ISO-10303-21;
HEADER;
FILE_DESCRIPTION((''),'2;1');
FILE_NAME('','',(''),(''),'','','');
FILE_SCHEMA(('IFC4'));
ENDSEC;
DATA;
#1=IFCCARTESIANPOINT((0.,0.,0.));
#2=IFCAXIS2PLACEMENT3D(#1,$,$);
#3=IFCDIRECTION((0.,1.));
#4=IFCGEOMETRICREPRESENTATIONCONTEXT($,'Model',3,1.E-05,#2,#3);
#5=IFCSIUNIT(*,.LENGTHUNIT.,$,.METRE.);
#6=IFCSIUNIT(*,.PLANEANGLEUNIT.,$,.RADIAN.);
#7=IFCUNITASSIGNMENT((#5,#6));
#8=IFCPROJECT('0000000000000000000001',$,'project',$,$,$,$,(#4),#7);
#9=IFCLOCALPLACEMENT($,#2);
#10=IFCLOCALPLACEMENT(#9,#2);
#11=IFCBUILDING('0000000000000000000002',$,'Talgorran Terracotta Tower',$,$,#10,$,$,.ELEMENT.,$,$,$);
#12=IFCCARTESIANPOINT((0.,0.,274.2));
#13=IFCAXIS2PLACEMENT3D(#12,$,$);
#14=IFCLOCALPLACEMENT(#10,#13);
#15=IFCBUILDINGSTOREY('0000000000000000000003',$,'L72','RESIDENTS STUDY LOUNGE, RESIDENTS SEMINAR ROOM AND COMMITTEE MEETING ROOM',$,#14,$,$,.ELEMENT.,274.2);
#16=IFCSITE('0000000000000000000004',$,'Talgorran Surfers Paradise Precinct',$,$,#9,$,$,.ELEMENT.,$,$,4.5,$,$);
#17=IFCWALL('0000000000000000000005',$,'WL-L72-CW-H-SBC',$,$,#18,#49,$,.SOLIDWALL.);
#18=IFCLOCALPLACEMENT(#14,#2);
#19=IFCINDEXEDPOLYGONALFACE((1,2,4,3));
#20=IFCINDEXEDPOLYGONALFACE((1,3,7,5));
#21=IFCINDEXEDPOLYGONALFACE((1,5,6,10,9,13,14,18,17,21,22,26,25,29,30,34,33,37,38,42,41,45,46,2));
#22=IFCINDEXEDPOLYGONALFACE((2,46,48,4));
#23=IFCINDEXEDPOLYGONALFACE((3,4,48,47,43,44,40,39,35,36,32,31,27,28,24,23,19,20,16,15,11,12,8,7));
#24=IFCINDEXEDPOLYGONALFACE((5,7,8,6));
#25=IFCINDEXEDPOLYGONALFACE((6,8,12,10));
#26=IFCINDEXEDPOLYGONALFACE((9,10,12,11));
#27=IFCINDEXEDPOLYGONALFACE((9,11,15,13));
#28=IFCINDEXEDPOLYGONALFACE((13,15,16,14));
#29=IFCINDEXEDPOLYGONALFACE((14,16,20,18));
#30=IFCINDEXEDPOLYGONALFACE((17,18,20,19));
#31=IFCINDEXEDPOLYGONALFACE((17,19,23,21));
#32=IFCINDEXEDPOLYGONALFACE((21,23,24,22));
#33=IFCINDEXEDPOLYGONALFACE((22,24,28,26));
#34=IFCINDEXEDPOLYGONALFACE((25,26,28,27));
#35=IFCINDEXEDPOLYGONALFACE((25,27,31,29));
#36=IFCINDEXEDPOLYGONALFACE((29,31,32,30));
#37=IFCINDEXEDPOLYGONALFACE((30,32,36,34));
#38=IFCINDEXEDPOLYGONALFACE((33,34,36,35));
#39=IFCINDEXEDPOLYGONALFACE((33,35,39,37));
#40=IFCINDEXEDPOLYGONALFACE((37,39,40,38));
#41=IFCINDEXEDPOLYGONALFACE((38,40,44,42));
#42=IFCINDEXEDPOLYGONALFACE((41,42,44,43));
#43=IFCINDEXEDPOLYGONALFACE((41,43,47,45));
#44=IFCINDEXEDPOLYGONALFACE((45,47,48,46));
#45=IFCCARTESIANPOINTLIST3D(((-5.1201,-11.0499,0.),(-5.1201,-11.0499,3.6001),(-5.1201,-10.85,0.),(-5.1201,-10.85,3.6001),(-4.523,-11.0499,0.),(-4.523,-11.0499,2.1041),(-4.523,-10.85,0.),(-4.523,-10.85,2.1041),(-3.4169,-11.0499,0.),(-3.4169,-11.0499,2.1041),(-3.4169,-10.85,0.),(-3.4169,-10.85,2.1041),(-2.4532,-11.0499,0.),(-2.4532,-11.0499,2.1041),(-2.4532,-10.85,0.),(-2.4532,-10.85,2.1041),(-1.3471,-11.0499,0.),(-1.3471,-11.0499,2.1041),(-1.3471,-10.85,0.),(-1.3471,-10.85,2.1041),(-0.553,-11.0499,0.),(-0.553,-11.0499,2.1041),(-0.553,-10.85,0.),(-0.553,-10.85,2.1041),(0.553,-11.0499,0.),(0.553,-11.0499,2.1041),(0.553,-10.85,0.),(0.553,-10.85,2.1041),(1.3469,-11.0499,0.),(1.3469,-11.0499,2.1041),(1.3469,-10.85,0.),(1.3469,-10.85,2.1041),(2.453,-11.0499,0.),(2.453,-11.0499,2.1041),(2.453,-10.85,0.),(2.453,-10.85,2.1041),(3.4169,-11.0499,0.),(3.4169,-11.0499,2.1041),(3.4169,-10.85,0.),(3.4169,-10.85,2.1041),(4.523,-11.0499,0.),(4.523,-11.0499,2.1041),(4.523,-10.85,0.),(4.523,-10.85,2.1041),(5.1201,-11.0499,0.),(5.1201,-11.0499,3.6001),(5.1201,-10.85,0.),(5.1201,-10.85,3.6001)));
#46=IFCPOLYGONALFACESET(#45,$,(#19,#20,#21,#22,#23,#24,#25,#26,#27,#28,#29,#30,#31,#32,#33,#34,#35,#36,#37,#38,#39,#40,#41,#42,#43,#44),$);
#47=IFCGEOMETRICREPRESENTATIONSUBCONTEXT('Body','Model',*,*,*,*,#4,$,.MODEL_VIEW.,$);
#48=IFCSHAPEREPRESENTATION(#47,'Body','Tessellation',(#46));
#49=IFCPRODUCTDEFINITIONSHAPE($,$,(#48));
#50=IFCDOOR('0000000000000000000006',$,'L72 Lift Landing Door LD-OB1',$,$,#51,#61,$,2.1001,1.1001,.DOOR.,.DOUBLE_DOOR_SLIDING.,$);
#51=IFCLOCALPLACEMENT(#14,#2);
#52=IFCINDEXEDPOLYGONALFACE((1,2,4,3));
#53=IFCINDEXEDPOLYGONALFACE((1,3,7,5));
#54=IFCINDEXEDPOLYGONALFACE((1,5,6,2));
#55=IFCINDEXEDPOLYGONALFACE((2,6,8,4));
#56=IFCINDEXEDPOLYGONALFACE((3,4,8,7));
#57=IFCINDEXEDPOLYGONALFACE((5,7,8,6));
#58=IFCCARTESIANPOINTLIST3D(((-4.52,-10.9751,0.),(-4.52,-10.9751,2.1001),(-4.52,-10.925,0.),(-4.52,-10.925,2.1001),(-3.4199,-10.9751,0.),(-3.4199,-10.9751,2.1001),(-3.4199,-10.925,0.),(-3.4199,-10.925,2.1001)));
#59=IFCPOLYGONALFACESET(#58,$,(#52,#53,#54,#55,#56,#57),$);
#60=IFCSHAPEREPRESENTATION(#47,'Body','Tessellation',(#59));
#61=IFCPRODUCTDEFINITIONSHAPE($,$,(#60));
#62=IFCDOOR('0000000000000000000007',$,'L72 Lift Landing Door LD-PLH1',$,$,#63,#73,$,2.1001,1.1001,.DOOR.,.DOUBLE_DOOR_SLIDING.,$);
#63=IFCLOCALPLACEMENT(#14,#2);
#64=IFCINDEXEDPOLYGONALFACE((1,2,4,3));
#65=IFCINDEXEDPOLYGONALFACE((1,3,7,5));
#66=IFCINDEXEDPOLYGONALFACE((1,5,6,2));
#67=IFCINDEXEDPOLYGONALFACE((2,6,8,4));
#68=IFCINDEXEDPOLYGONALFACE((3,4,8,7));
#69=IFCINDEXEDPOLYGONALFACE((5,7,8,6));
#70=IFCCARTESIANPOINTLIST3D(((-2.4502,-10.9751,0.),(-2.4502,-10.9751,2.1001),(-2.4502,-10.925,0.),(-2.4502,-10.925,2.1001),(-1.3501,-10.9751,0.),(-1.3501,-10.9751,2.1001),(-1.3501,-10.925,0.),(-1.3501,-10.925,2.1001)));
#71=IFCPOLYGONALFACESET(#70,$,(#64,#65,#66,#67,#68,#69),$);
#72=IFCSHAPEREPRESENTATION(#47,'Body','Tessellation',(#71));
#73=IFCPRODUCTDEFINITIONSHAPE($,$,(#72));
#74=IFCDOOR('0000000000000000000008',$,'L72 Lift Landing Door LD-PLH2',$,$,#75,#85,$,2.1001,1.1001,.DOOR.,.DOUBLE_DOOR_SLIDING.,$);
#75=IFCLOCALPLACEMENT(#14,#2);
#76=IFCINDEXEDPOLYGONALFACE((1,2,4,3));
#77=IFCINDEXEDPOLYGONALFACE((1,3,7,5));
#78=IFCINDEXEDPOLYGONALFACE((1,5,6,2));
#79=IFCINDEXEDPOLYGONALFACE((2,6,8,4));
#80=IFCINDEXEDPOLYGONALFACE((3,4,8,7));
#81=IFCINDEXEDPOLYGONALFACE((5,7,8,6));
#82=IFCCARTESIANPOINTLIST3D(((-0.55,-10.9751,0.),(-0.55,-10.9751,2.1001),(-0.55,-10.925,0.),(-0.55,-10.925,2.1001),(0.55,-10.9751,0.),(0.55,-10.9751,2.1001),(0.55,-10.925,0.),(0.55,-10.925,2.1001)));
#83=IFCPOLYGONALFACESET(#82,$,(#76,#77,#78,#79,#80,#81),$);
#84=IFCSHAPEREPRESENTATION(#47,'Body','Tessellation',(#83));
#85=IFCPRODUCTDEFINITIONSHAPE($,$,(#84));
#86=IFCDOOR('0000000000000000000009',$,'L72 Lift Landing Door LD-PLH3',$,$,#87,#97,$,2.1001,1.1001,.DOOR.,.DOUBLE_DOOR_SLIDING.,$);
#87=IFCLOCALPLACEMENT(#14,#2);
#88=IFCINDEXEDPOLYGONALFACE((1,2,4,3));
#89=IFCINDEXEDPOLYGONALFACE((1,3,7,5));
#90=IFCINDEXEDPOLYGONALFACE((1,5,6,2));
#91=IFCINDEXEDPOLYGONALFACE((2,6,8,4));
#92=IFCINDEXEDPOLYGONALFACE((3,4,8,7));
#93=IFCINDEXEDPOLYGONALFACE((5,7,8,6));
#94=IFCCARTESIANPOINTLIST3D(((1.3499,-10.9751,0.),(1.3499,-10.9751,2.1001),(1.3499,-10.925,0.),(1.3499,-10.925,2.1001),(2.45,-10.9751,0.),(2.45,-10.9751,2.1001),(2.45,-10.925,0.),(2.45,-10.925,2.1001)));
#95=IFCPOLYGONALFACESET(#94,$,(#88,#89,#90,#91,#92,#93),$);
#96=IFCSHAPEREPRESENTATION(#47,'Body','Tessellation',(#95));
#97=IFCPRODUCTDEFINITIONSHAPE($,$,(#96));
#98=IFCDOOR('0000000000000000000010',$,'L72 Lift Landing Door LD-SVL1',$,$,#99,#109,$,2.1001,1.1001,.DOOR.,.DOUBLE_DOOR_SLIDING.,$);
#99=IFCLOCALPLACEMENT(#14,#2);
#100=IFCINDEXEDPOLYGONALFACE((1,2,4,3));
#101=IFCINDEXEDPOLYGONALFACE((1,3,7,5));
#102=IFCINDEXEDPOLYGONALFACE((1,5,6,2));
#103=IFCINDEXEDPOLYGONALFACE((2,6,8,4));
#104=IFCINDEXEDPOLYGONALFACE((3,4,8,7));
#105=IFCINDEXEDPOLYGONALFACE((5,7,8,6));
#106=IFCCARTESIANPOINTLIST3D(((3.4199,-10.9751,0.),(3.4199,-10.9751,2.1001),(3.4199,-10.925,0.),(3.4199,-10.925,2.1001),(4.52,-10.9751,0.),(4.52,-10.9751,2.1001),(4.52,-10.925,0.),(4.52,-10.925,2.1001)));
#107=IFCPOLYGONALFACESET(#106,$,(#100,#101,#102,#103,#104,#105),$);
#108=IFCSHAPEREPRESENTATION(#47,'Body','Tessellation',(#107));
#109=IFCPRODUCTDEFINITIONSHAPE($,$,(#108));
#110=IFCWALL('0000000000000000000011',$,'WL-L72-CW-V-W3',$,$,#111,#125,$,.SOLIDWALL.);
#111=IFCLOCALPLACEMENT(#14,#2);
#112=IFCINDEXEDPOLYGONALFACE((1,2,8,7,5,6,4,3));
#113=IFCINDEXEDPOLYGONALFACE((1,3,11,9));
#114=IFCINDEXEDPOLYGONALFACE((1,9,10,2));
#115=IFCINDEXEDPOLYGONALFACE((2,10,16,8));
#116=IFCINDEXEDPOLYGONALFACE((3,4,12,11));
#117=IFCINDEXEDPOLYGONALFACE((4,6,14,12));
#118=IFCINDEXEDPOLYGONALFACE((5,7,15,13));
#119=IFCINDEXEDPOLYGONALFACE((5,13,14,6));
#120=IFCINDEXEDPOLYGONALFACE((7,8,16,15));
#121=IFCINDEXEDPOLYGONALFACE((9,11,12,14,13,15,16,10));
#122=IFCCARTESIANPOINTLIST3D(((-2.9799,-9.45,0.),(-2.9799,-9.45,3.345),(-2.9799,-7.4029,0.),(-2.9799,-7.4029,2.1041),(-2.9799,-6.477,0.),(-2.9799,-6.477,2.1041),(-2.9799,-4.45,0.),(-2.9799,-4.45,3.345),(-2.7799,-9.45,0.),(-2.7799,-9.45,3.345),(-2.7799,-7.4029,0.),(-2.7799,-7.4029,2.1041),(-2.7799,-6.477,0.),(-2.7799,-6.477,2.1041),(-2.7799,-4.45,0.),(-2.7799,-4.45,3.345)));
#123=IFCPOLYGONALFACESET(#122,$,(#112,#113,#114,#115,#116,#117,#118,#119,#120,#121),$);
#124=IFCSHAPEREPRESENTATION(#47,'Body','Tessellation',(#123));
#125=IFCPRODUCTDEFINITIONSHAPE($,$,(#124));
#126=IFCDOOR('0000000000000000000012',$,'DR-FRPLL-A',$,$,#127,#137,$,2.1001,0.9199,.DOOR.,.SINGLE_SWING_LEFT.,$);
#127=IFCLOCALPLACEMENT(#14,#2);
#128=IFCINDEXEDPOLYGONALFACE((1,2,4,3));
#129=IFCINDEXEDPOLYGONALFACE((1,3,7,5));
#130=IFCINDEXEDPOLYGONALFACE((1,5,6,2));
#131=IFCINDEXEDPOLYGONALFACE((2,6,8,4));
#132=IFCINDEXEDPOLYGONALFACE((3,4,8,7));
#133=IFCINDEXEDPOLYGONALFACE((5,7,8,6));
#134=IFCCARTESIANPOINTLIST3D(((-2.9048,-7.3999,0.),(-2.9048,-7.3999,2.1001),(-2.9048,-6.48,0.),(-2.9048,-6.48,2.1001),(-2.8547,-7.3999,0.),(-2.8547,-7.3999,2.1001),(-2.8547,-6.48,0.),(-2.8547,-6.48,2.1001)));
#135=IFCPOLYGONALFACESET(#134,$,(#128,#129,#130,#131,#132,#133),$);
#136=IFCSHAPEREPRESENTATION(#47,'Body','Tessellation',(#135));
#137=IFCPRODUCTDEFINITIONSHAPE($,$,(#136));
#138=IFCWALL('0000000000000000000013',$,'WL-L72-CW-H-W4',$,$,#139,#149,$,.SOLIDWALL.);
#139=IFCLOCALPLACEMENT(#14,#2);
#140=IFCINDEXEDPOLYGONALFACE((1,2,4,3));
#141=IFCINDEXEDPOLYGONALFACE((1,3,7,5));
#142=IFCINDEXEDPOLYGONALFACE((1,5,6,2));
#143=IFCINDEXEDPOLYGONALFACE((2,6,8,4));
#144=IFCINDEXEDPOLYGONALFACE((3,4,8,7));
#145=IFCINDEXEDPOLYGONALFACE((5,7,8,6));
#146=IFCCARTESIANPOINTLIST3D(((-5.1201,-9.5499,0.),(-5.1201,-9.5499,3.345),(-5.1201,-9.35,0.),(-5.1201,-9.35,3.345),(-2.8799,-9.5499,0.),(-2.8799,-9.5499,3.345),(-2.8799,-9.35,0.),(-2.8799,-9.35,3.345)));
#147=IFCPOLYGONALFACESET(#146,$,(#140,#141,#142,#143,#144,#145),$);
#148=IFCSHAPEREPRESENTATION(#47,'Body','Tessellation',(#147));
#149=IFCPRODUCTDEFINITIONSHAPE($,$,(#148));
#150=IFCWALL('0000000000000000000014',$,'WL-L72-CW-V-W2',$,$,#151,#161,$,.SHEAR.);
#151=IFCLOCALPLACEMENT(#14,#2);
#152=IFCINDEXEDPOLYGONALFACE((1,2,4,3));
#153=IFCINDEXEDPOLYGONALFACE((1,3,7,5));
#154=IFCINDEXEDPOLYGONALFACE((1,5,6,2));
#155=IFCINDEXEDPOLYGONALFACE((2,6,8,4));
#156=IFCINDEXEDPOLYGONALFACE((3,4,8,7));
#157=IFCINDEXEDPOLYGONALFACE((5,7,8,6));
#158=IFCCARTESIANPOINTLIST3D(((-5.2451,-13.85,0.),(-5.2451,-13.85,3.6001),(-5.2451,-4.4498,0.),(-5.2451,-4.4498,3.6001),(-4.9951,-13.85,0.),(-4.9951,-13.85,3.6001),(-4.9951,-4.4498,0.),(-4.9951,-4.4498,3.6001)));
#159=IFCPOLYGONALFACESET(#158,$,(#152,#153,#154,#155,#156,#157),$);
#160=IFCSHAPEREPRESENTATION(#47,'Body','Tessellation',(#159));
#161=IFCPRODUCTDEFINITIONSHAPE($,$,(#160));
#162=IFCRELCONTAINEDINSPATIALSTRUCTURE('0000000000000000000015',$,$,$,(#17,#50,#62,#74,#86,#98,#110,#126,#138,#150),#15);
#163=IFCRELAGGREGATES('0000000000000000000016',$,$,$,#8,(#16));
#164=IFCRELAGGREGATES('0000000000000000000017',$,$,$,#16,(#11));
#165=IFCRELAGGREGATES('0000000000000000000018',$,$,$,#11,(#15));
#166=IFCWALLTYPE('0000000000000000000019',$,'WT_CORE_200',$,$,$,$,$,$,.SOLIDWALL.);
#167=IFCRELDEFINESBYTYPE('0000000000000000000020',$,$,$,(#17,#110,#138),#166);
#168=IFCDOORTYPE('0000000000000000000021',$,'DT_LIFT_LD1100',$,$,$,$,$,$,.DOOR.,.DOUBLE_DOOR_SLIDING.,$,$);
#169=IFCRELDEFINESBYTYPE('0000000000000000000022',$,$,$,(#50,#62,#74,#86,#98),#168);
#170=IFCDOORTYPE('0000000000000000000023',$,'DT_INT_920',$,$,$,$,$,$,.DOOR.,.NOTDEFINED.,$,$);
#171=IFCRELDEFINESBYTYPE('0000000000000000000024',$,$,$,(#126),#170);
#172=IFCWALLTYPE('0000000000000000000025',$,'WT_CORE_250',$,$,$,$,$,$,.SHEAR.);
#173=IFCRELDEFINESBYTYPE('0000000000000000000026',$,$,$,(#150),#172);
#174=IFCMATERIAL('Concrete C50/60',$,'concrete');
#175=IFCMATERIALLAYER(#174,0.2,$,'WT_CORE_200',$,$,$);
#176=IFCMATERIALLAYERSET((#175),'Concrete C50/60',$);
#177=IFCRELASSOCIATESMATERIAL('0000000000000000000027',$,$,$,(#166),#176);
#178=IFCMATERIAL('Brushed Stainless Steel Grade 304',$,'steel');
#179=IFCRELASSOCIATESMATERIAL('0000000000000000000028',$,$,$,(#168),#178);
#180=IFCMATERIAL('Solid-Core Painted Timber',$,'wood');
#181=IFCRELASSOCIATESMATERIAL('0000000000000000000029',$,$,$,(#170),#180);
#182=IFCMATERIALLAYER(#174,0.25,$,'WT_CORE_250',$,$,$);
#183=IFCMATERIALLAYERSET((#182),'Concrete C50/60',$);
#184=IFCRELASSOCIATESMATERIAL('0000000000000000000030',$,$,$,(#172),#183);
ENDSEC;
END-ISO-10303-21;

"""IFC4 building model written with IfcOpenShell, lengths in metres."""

from ifc_helpers import new_model, si_unit, direction, frame, frame_2d, origin, place, context, subcontext, project, spatial, rectangle, extrude, material, layer, layer_set, type_object, element, fill, save


model = new_model("IFC4")

# Units and contexts
model_context = context("Model", 3, precision=1e-05, world=origin(), true_north=direction((0.0, 1.0)))
body_context = subcontext(model_context, "Body", "Model", "MODEL_VIEW")
ifc_project = project(units=[si_unit("LENGTHUNIT", "METRE"), si_unit("PLANEANGLEUNIT", "RADIAN")], contexts=[model_context])

# Site, building, storey
site_placement = place(None, origin())
site = spatial("IfcSite", under=ifc_project, at=site_placement, Name="Talgorran Surfers Paradise Precinct", CompositionType="ELEMENT", RefElevation=4.5)
building_placement = place(site_placement, origin())
building = spatial("IfcBuilding", under=site, at=building_placement, Name="Talgorran Terracotta Tower", CompositionType="ELEMENT")
storey_placement = place(building_placement, frame((0.0, 0.0, 274.2)))
storey = spatial("IfcBuildingStorey", under=building, at=storey_placement, Name="L72", Description="RESIDENTS STUDY LOUNGE, RESIDENTS SEMINAR ROOM AND COMMITTEE MEETING ROOM", CompositionType="ELEMENT", Elevation=274.2)

# Shared definitions
ifc_material_1 = material(Name="Concrete C50/60", Category="concrete")

# Wall, openings, doors
ifc_layer_1 = layer(ifc_material_1, 0.2, Name="WT_CORE_200")
ifc_layer_set_1 = layer_set([ifc_layer_1], Name="Concrete C50/60")
wall_type_1 = type_object("IfcWallType", Name="WT_CORE_200", PredefinedType="SOLIDWALL", material=ifc_layer_set_1)
ifc_material_2 = material(Name="Brushed Stainless Steel Grade 304", Category="steel")
door_type_1 = type_object("IfcDoorType", Name="DT_LIFT_LD1100", OperationType="DOUBLE_DOOR_SLIDING", PredefinedType="DOOR", material=ifc_material_2)
wall_1_placement = place(storey_placement, frame((-5.1201, -10.95, 0.0), z_axis=(0.0, 0.0, 1.0), x_axis=(1.0, 0.0, 0.0)))
wall_1 = element("IfcWall", 1, at=wall_1_placement, inside=storey, type_object=wall_type_1, Name="WL-L72-CW-H-SBC", PredefinedType="SOLIDWALL", context=body_context, shape_type="SweptSolid", body=[
    extrude(rectangle(XDim=10.2402, YDim=0.2, at=frame_2d((5.1201, 0.0))), origin(), (0.0, 0.0, 1.0), 3.6001),
])
opening_1_placement = place(wall_1_placement, frame((0.6001, 0.0, 0.0)))
opening_1 = element("IfcOpeningElement", 2, at=opening_1_placement, cuts=wall_1, PredefinedType="OPENING", context=body_context, shape_type="SweptSolid", body=[
    extrude(rectangle(XDim=1.1061, YDim=2.1041, at=frame_2d((0.55, 1.052))), frame((0.0, 0.1099, 0.0), z_axis=(0.0, -1.0, 0.0), x_axis=(1.0, 0.0, 0.0)), (0.0, 0.0, 1.0), 0.22),
])
opening_2_placement = place(wall_1_placement, frame((2.6699, 0.0, 0.0)))
opening_2 = element("IfcOpeningElement", 3, at=opening_2_placement, cuts=wall_1, PredefinedType="OPENING", context=body_context, shape_type="SweptSolid", body=[
    extrude(rectangle(XDim=1.1061, YDim=2.1041, at=frame_2d((0.55, 1.052))), frame((0.0, 0.1099, 0.0), z_axis=(0.0, -1.0, 0.0), x_axis=(1.0, 0.0, 0.0)), (0.0, 0.0, 1.0), 0.22),
])
opening_3_placement = place(wall_1_placement, frame((4.5701, 0.0, 0.0)))
opening_3 = element("IfcOpeningElement", 4, at=opening_3_placement, cuts=wall_1, PredefinedType="OPENING", context=body_context, shape_type="SweptSolid", body=[
    extrude(rectangle(XDim=1.1061, YDim=2.1041, at=frame_2d((0.55, 1.052))), frame((0.0, 0.1099, 0.0), z_axis=(0.0, -1.0, 0.0), x_axis=(1.0, 0.0, 0.0)), (0.0, 0.0, 1.0), 0.22),
])
opening_4_placement = place(wall_1_placement, frame((6.47, 0.0, 0.0)))
opening_4 = element("IfcOpeningElement", 5, at=opening_4_placement, cuts=wall_1, PredefinedType="OPENING", context=body_context, shape_type="SweptSolid", body=[
    extrude(rectangle(XDim=1.1061, YDim=2.1041, at=frame_2d((0.55, 1.052))), frame((0.0, 0.1099, 0.0), z_axis=(0.0, -1.0, 0.0), x_axis=(1.0, 0.0, 0.0)), (0.0, 0.0, 1.0), 0.22),
])
opening_5_placement = place(wall_1_placement, frame((8.54, 0.0, 0.0)))
opening_5 = element("IfcOpeningElement", 6, at=opening_5_placement, cuts=wall_1, PredefinedType="OPENING", context=body_context, shape_type="SweptSolid", body=[
    extrude(rectangle(XDim=1.1061, YDim=2.1041, at=frame_2d((0.55, 1.052))), frame((0.0, 0.1099, 0.0), z_axis=(0.0, -1.0, 0.0), x_axis=(1.0, 0.0, 0.0)), (0.0, 0.0, 1.0), 0.22),
])
door_1_placement = place(opening_1_placement, origin())
door_1 = element("IfcDoor", 7, at=door_1_placement, inside=storey, type_object=door_type_1, Name="L72 Lift Landing Door LD-OB1", OperationType="DOUBLE_DOOR_SLIDING", OverallHeight=2.1001, OverallWidth=1.1001, PredefinedType="DOOR", context=body_context, shape_type="SweptSolid", body=[
    extrude(rectangle(XDim=1.1001, YDim=2.1001, at=frame_2d((0.55, 1.05))), frame((0.0, 0.0249, 0.0), z_axis=(0.0, -1.0, 0.0), x_axis=(1.0, 0.0, 0.0)), (0.0, 0.0, 1.0), 0.05),
])
fill(opening_1, door_1)
door_2_placement = place(opening_2_placement, origin())
door_2 = element("IfcDoor", 8, at=door_2_placement, inside=storey, type_object=door_type_1, Name="L72 Lift Landing Door LD-PLH1", OperationType="DOUBLE_DOOR_SLIDING", OverallHeight=2.1001, OverallWidth=1.1001, PredefinedType="DOOR", context=body_context, shape_type="SweptSolid", body=[
    extrude(rectangle(XDim=1.1001, YDim=2.1001, at=frame_2d((0.55, 1.05))), frame((0.0, 0.0249, 0.0), z_axis=(0.0, -1.0, 0.0), x_axis=(1.0, 0.0, 0.0)), (0.0, 0.0, 1.0), 0.05),
])
fill(opening_2, door_2)
door_3_placement = place(opening_3_placement, origin())
door_3 = element("IfcDoor", 9, at=door_3_placement, inside=storey, type_object=door_type_1, Name="L72 Lift Landing Door LD-PLH2", OperationType="DOUBLE_DOOR_SLIDING", OverallHeight=2.1001, OverallWidth=1.1001, PredefinedType="DOOR", context=body_context, shape_type="SweptSolid", body=[
    extrude(rectangle(XDim=1.1001, YDim=2.1001, at=frame_2d((0.55, 1.05))), frame((0.0, 0.0249, 0.0), z_axis=(0.0, -1.0, 0.0), x_axis=(1.0, 0.0, 0.0)), (0.0, 0.0, 1.0), 0.05),
])
fill(opening_3, door_3)
door_4_placement = place(opening_4_placement, origin())
door_4 = element("IfcDoor", 10, at=door_4_placement, inside=storey, type_object=door_type_1, Name="L72 Lift Landing Door LD-PLH3", OperationType="DOUBLE_DOOR_SLIDING", OverallHeight=2.1001, OverallWidth=1.1001, PredefinedType="DOOR", context=body_context, shape_type="SweptSolid", body=[
    extrude(rectangle(XDim=1.1001, YDim=2.1001, at=frame_2d((0.55, 1.05))), frame((0.0, 0.0249, 0.0), z_axis=(0.0, -1.0, 0.0), x_axis=(1.0, 0.0, 0.0)), (0.0, 0.0, 1.0), 0.05),
])
fill(opening_4, door_4)
door_5_placement = place(opening_5_placement, origin())
door_5 = element("IfcDoor", 11, at=door_5_placement, inside=storey, type_object=door_type_1, Name="L72 Lift Landing Door LD-SVL1", OperationType="DOUBLE_DOOR_SLIDING", OverallHeight=2.1001, OverallWidth=1.1001, PredefinedType="DOOR", context=body_context, shape_type="SweptSolid", body=[
    extrude(rectangle(XDim=1.1001, YDim=2.1001, at=frame_2d((0.55, 1.05))), frame((0.0, 0.0249, 0.0), z_axis=(0.0, -1.0, 0.0), x_axis=(1.0, 0.0, 0.0)), (0.0, 0.0, 1.0), 0.05),
])
fill(opening_5, door_5)

# Wall, opening, door
wall_2_placement = place(storey_placement, frame((-2.8799, -9.45, 0.0), z_axis=(0.0, 0.0, 1.0), x_axis=(0.0, 1.0, 0.0)))
wall_2 = element("IfcWall", 12, at=wall_2_placement, inside=storey, type_object=wall_type_1, Name="WL-L72-CW-V-W3", PredefinedType="SOLIDWALL", context=body_context, shape_type="SweptSolid", body=[
    extrude(rectangle(XDim=5.0, YDim=0.2, at=frame_2d((2.5, 0.0))), origin(), (0.0, 0.0, 1.0), 3.345),
])
opening_6_placement = place(wall_2_placement, frame((2.05, 0.0, 0.0)))
opening_6 = element("IfcOpeningElement", 13, at=opening_6_placement, cuts=wall_2, PredefinedType="OPENING", context=body_context, shape_type="SweptSolid", body=[
    extrude(rectangle(XDim=0.9259, YDim=2.1041, at=frame_2d((0.46, 1.052))), frame((0.0, 0.1099, 0.0), z_axis=(0.0, -1.0, 0.0), x_axis=(1.0, 0.0, 0.0)), (0.0, 0.0, 1.0), 0.22),
])
ifc_material_3 = material(Name="Solid-Core Painted Timber", Category="wood")
door_type_2 = type_object("IfcDoorType", Name="DT_INT_920", OperationType="NOTDEFINED", PredefinedType="DOOR", material=ifc_material_3)
door_6_placement = place(opening_6_placement, origin())
door_6 = element("IfcDoor", 14, at=door_6_placement, inside=storey, type_object=door_type_2, Name="DR-FRPLL-A", OperationType="SINGLE_SWING_LEFT", OverallHeight=2.1001, OverallWidth=0.9199, PredefinedType="DOOR", context=body_context, shape_type="SweptSolid", body=[
    extrude(rectangle(XDim=0.9199, YDim=2.1001, at=frame_2d((0.46, 1.05))), frame((0.0, 0.0249, 0.0), z_axis=(0.0, -1.0, 0.0), x_axis=(1.0, 0.0, 0.0)), (0.0, 0.0, 1.0), 0.05),
])
fill(opening_6, door_6)

# Walls
wall_3_placement = place(storey_placement, frame((-5.1201, -9.45, 0.0), z_axis=(0.0, 0.0, 1.0), x_axis=(1.0, 0.0, 0.0)))
element("IfcWall", 15, at=wall_3_placement, inside=storey, type_object=wall_type_1, Name="WL-L72-CW-H-W4", PredefinedType="SOLIDWALL", context=body_context, shape_type="SweptSolid", body=[
    extrude(rectangle(XDim=2.2402, YDim=0.2, at=frame_2d((1.1201, 0.0))), origin(), (0.0, 0.0, 1.0), 3.345),
])
ifc_layer_2 = layer(ifc_material_1, 0.25, Name="WT_CORE_250")
ifc_layer_set_2 = layer_set([ifc_layer_2], Name="Concrete C50/60")
wall_type_2 = type_object("IfcWallType", Name="WT_CORE_250", PredefinedType="SHEAR", material=ifc_layer_set_2)
wall_4_placement = place(storey_placement, frame((-5.1201, -13.8501, 0.0), z_axis=(0.0, 0.0, 1.0), x_axis=(0.0, 1.0, 0.0)))
element("IfcWall", 16, at=wall_4_placement, inside=storey, type_object=wall_type_2, Name="WL-L72-CW-V-W2", PredefinedType="SHEAR", context=body_context, shape_type="SweptSolid", body=[
    extrude(rectangle(XDim=9.4001, YDim=0.25, at=frame_2d((4.7002, 0.0))), origin(), (0.0, 0.0, 1.0), 3.6001),
])

save(model, "model.ifc")
